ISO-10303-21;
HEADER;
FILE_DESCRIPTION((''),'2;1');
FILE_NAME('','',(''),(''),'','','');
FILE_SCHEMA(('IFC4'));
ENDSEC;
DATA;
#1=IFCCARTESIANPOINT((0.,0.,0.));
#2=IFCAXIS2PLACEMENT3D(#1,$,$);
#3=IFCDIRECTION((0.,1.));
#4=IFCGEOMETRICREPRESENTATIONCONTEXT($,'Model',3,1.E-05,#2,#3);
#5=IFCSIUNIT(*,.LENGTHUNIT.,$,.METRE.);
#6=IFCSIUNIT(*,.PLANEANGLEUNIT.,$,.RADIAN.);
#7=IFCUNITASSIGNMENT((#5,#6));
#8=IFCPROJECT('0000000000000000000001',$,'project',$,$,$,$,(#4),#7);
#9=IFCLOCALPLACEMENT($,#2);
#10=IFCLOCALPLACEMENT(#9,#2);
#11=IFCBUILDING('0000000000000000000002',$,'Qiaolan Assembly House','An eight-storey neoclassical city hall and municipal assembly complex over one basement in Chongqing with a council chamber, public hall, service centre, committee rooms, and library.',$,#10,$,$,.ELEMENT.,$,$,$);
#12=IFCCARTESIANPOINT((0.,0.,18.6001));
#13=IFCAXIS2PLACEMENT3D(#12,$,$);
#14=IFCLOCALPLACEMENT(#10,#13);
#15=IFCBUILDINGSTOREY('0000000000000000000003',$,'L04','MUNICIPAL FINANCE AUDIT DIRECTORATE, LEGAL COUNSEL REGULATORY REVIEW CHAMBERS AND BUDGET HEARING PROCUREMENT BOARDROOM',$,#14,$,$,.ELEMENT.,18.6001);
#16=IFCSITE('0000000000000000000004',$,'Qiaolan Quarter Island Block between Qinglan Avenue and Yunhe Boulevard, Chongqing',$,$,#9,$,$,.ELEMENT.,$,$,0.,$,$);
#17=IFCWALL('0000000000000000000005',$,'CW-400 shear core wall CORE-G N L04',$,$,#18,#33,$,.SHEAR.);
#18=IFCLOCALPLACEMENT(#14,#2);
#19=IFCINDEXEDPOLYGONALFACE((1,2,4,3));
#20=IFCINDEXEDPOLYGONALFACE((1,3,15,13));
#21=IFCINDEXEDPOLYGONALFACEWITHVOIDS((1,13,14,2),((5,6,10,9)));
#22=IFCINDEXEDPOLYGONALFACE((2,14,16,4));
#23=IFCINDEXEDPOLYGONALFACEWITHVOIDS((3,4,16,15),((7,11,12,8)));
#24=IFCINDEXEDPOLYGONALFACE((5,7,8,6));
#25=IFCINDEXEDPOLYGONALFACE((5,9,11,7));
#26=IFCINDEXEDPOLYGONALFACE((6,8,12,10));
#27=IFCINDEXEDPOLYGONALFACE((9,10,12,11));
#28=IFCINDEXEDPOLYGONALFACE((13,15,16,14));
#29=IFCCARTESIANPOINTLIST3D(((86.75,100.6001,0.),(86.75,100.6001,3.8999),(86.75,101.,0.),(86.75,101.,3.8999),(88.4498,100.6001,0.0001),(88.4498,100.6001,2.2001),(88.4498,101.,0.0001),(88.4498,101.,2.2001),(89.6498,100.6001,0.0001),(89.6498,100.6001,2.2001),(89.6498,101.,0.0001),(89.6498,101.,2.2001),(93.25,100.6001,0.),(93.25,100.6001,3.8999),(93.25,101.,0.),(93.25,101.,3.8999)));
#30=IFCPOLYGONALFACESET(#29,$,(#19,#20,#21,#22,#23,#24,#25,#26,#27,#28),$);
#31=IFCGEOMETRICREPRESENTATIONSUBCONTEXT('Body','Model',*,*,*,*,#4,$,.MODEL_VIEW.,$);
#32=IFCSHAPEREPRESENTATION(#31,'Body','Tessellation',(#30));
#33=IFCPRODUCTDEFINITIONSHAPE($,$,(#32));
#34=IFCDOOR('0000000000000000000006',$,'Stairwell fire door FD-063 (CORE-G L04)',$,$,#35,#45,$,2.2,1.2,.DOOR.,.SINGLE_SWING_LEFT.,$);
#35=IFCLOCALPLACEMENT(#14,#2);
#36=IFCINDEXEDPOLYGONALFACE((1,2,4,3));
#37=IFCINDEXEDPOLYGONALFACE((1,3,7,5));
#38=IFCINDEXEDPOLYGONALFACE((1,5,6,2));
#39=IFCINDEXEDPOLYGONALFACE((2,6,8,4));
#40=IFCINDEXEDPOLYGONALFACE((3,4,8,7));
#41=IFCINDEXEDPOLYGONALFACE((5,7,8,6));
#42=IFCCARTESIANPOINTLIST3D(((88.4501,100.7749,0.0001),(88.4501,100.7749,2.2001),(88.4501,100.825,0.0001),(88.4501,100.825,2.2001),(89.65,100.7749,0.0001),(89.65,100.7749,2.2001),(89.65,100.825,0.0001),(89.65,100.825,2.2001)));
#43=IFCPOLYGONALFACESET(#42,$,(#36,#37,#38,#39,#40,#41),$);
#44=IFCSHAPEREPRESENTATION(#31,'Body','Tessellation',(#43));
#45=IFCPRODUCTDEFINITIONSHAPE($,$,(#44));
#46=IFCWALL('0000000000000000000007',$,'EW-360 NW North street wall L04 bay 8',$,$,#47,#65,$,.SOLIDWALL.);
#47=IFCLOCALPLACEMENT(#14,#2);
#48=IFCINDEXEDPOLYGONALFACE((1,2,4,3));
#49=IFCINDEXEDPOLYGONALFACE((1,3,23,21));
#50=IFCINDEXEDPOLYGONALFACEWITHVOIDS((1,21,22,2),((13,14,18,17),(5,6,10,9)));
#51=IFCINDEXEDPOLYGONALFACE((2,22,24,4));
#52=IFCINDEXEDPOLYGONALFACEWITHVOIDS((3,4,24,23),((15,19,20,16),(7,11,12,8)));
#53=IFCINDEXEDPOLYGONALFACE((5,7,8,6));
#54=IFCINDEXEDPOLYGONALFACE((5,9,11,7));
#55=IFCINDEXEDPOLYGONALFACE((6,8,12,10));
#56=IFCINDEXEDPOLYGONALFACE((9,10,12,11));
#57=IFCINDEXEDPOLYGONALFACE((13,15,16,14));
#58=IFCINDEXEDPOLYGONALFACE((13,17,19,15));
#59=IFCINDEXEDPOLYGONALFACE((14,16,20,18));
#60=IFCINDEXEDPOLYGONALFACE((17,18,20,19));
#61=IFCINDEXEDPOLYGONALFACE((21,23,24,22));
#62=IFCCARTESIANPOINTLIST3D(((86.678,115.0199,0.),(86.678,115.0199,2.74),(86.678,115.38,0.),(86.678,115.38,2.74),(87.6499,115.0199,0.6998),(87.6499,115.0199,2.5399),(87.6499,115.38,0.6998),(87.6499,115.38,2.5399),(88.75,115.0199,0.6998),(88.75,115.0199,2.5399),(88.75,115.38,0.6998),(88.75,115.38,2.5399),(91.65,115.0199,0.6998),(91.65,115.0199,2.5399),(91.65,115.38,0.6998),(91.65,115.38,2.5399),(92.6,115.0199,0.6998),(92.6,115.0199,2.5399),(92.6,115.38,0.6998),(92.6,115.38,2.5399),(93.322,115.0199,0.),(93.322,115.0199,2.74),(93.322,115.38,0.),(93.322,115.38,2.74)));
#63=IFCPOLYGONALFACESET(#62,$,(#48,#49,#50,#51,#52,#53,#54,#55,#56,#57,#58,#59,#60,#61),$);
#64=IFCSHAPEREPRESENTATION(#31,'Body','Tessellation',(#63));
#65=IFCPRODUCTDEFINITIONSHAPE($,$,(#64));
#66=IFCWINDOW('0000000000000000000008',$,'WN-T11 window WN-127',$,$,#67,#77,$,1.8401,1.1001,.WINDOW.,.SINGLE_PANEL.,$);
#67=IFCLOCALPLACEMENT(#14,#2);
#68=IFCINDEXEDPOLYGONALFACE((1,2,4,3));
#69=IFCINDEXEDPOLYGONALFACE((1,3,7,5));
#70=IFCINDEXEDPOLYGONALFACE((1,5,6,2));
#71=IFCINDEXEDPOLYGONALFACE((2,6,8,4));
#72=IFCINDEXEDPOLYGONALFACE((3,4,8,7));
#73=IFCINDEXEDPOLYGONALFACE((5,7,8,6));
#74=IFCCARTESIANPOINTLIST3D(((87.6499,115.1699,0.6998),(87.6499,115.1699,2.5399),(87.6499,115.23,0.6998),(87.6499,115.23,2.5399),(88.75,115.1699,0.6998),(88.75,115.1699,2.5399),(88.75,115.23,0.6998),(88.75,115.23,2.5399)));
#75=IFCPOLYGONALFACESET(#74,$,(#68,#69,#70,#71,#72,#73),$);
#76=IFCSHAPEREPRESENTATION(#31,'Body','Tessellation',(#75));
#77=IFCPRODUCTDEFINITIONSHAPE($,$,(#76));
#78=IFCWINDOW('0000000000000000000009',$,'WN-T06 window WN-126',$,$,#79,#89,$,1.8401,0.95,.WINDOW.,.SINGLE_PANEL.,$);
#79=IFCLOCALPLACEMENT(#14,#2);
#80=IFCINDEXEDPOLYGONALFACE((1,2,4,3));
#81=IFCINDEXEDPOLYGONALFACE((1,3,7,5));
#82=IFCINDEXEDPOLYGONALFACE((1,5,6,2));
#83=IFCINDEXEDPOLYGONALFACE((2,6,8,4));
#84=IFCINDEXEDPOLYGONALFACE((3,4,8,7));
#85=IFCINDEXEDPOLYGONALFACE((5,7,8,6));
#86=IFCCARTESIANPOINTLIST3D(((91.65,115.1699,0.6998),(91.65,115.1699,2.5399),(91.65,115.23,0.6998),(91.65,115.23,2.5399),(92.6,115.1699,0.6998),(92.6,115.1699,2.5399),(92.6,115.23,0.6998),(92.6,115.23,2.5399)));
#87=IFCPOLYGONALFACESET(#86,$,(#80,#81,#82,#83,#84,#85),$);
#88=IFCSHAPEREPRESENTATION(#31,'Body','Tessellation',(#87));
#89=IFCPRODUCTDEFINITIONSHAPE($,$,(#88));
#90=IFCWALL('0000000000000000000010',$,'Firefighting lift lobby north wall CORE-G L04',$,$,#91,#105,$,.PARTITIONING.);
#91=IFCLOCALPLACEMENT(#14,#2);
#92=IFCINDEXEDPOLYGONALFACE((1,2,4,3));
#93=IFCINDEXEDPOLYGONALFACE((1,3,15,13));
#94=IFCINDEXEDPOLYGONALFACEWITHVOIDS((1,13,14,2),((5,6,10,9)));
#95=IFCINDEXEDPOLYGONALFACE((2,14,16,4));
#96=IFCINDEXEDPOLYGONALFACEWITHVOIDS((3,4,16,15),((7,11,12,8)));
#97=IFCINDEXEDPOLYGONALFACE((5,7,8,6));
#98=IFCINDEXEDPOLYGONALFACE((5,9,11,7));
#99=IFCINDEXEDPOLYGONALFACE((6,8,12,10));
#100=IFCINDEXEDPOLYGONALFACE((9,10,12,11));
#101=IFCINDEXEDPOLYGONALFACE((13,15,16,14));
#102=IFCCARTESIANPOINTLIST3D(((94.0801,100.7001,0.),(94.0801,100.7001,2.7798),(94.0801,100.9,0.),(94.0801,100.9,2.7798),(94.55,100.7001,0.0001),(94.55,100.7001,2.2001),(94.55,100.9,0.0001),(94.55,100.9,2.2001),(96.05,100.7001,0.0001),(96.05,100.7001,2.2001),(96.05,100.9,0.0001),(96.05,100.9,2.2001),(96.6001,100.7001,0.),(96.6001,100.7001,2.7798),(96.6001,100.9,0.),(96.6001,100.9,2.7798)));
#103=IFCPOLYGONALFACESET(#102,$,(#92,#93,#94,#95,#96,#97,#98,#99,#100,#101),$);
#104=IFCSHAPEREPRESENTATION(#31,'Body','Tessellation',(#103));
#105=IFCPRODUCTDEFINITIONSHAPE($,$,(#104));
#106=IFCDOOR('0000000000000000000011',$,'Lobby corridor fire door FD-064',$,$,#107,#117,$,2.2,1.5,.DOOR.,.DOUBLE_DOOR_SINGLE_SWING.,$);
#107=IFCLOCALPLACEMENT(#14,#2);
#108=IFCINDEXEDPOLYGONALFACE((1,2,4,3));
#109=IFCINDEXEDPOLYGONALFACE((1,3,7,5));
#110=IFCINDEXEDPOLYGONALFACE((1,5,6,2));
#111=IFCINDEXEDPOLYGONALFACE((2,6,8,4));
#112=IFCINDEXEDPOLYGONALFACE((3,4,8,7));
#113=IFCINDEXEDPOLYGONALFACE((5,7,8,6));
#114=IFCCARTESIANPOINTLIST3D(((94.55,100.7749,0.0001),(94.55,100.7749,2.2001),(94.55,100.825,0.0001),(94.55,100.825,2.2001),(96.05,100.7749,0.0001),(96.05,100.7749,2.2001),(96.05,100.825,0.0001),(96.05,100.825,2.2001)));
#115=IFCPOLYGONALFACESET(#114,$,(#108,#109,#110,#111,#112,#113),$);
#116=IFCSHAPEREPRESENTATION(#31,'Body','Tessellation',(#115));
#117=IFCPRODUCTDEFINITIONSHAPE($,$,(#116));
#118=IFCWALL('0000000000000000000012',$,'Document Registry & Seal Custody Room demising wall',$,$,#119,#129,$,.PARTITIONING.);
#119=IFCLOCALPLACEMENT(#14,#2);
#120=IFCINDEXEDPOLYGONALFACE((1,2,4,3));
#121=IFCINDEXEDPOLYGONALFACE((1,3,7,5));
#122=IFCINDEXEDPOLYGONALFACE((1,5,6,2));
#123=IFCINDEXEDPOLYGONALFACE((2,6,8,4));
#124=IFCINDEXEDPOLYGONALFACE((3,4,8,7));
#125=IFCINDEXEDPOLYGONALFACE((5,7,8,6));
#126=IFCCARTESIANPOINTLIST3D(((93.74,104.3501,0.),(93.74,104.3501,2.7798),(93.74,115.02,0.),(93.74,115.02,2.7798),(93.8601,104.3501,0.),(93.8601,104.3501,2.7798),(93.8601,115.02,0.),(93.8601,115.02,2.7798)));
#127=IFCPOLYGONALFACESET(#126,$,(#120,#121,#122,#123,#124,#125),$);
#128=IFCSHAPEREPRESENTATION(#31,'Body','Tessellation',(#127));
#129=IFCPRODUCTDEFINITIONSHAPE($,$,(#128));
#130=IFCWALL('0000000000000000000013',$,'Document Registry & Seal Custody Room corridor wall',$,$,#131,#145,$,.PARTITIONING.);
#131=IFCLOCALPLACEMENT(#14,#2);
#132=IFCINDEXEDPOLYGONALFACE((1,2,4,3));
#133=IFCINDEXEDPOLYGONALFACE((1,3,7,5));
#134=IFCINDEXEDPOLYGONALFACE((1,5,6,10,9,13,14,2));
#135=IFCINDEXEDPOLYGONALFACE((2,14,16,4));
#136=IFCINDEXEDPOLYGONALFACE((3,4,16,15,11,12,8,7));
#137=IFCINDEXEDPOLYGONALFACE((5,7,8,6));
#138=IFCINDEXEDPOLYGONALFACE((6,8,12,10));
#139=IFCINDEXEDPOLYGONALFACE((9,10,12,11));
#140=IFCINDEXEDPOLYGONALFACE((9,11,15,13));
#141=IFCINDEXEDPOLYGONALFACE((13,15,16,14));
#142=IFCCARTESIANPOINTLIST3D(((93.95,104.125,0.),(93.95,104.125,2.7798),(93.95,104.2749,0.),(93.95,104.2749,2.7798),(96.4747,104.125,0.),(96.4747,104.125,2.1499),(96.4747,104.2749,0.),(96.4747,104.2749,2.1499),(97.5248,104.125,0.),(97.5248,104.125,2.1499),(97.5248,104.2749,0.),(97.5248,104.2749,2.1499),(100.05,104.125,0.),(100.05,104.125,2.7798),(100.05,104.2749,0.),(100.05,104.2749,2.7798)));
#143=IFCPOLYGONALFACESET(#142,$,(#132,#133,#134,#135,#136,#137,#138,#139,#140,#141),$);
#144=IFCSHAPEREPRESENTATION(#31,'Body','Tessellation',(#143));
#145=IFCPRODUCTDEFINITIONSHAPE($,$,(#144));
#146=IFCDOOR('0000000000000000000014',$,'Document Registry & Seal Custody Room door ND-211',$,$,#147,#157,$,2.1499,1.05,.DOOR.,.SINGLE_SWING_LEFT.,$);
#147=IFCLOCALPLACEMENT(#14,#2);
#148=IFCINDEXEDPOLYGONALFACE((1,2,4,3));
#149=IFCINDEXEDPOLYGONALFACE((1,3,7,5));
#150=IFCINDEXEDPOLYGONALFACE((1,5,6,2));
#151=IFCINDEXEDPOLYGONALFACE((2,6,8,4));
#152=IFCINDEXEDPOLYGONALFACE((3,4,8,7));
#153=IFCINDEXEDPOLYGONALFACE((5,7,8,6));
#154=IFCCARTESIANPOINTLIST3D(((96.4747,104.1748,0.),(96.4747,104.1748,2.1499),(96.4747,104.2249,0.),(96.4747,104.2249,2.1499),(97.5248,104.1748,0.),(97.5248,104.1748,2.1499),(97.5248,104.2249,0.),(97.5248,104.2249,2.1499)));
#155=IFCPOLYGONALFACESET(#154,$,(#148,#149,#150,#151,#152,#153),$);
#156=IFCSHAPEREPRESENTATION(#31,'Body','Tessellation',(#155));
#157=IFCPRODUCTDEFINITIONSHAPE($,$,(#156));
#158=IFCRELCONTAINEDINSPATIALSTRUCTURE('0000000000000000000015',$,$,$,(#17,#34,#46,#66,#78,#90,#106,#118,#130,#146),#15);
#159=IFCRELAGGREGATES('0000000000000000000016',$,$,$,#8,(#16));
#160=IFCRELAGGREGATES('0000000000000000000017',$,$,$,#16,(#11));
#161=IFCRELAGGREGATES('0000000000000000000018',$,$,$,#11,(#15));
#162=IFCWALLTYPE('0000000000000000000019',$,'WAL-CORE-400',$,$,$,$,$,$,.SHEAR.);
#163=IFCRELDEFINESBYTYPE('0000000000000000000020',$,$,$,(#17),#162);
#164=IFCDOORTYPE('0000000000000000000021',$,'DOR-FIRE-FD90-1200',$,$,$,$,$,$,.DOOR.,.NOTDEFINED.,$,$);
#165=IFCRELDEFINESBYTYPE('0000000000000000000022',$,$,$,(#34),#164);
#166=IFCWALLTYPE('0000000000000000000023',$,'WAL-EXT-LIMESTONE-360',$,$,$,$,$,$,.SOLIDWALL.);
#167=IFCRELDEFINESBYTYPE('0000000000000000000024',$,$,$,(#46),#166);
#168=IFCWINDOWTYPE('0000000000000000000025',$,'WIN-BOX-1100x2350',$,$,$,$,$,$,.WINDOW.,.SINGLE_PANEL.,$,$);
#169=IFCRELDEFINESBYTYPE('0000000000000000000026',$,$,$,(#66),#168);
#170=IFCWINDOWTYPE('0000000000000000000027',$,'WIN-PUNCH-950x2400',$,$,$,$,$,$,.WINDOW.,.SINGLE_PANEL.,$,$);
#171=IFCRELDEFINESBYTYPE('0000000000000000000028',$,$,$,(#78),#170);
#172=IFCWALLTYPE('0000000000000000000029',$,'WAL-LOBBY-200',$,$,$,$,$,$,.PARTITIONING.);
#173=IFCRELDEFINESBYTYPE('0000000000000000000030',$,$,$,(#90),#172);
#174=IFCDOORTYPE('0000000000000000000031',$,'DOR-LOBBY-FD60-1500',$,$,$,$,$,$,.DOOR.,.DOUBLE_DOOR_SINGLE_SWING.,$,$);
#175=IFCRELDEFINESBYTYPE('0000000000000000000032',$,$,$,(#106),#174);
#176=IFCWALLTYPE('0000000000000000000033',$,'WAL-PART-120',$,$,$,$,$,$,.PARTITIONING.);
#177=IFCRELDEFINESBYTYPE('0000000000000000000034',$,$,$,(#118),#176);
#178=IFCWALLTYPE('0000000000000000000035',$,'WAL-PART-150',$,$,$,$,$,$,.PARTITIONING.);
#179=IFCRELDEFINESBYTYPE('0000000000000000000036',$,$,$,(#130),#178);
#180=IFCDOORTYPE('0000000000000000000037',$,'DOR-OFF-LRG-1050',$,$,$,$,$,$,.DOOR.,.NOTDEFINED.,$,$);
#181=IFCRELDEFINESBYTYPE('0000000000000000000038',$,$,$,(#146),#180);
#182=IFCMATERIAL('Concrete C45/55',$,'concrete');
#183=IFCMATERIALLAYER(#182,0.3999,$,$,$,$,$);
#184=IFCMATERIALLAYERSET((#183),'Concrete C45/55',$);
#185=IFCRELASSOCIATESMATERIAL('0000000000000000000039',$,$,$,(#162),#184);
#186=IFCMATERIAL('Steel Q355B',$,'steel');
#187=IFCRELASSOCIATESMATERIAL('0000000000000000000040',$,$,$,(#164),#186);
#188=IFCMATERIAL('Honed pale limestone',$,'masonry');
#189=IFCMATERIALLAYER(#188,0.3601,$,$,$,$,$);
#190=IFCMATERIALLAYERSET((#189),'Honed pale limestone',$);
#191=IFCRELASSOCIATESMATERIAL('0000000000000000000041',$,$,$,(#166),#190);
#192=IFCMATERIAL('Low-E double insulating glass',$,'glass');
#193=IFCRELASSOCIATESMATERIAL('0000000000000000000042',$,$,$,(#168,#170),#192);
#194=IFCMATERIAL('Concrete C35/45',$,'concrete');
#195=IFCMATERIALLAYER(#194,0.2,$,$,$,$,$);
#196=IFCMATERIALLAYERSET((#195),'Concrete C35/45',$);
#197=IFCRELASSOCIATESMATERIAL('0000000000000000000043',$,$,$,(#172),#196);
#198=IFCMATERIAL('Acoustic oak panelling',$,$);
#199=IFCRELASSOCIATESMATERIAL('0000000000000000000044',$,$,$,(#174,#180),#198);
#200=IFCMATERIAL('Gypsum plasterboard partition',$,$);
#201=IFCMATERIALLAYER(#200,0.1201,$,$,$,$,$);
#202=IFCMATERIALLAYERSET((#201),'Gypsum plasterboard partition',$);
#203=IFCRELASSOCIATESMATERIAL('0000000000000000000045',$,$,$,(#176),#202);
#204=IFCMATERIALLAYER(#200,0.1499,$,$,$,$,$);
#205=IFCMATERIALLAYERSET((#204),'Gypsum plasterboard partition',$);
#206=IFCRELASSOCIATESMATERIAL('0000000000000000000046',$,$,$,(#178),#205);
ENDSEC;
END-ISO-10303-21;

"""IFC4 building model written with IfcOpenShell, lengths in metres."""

from ifc_helpers import new_model, si_unit, direction, frame, frame_2d, origin, place, context, subcontext, project, spatial, rectangle, extrude, material, layer, layer_set, type_object, element, fill, save


model = new_model("IFC4")

# Units and contexts
model_context = context("Model", 3, precision=1e-05, world=origin(), true_north=direction((0.0, 1.0)))
body_context = subcontext(model_context, "Body", "Model", "MODEL_VIEW")
ifc_project = project(units=[si_unit("LENGTHUNIT", "METRE"), si_unit("PLANEANGLEUNIT", "RADIAN")], contexts=[model_context])

# Site, building, storey
site_placement = place(None, origin())
site = spatial("IfcSite", under=ifc_project, at=site_placement, Name="Qiaolan Quarter Island Block between Qinglan Avenue and Yunhe Boulevard, Chongqing", CompositionType="ELEMENT", RefElevation=0.0)
building_placement = place(site_placement, origin())
building = spatial("IfcBuilding", under=site, at=building_placement, Name="Qiaolan Assembly House", Description="An eight-storey neoclassical city hall and municipal assembly complex over one basement in Chongqing with a council chamber, public hall, service centre, committee rooms, and library.", CompositionType="ELEMENT")
storey_placement = place(building_placement, frame((0.0, 0.0, 18.6001)))
storey = spatial("IfcBuildingStorey", under=building, at=storey_placement, Name="L04", Description="MUNICIPAL FINANCE AUDIT DIRECTORATE, LEGAL COUNSEL REGULATORY REVIEW CHAMBERS AND BUDGET HEARING PROCUREMENT BOARDROOM", CompositionType="ELEMENT", Elevation=18.6001)

# Shared definitions
ifc_material_1 = material(Name="Concrete C45/55", Category="concrete")

# Shared definitions
ifc_material_2 = material(Name="Honed pale limestone", Category="masonry")

# Wall, opening, door
ifc_layer_1 = layer(ifc_material_1, 0.3999)
ifc_layer_set_1 = layer_set([ifc_layer_1], Name="Concrete C45/55")
wall_type_1 = type_object("IfcWallType", Name="WAL-CORE-400", PredefinedType="SHEAR", material=ifc_layer_set_1)
wall_1_placement = place(storey_placement, frame((93.25, 100.8, 0.0), z_axis=(0.0, 0.0, 1.0), x_axis=(-1.0, 0.0, 0.0)))
wall_1 = element("IfcWall", 1, at=wall_1_placement, inside=storey, type_object=wall_type_1, Name="CW-400 shear core wall CORE-G N L04", PredefinedType="SHEAR", context=body_context, shape_type="SweptSolid", body=[
    extrude(rectangle(XDim=6.5, YDim=0.3999, at=frame_2d((3.25, 0.0))), origin(), (0.0, 0.0, 1.0), 3.8999),
])
opening_1_placement = place(wall_1_placement, frame((3.6001, 0.0, 0.0)))
opening_1 = element("IfcOpeningElement", 2, at=opening_1_placement, cuts=wall_1, PredefinedType="OPENING", context=body_context, shape_type="SweptSolid", body=[
    extrude(rectangle(XDim=1.2, YDim=2.2, at=frame_2d((0.6001, 1.1001))), frame((0.0, 0.21, 0.0), z_axis=(0.0, -1.0, 0.0), x_axis=(1.0, 0.0, 0.0)), (0.0, 0.0, 1.0), 0.4199),
])
ifc_material_3 = material(Name="Steel Q355B", Category="steel")
door_type_1 = type_object("IfcDoorType", Name="DOR-FIRE-FD90-1200", OperationType="NOTDEFINED", PredefinedType="DOOR", material=ifc_material_3)
door_1_placement = place(opening_1_placement, frame((1.2, 0.0, 0.0), z_axis=(0.0, 0.0, 1.0), x_axis=(-1.0, 0.0, 0.0)))
door_1 = element("IfcDoor", 3, at=door_1_placement, inside=storey, type_object=door_type_1, Name="Stairwell fire door FD-063 (CORE-G L04)", OperationType="SINGLE_SWING_LEFT", OverallHeight=2.2, OverallWidth=1.2, PredefinedType="DOOR", context=body_context, shape_type="SweptSolid", body=[
    extrude(rectangle(XDim=1.2, YDim=2.2, at=frame_2d((0.6001, 1.1001))), frame((0.0, 0.0249, 0.0), z_axis=(0.0, -1.0, 0.0), x_axis=(1.0, 0.0, 0.0)), (0.0, 0.0, 1.0), 0.05),
])
fill(opening_1, door_1)

# Wall, openings, windows
ifc_layer_2 = layer(ifc_material_2, 0.3601)
ifc_layer_set_2 = layer_set([ifc_layer_2], Name="Honed pale limestone")
wall_type_2 = type_object("IfcWallType", Name="WAL-EXT-LIMESTONE-360", PredefinedType="SOLIDWALL", material=ifc_layer_set_2)
wall_2_placement = place(storey_placement, frame((93.322, 115.2, 0.0), z_axis=(0.0, 0.0, 1.0), x_axis=(-1.0, 0.0, 0.0)))
wall_2 = element("IfcWall", 4, at=wall_2_placement, inside=storey, type_object=wall_type_2, Name="EW-360 NW North street wall L04 bay 8", PredefinedType="SOLIDWALL", context=body_context, shape_type="SweptSolid", body=[
    extrude(rectangle(XDim=6.644, YDim=0.3601, at=frame_2d((3.322, 0.0))), origin(), (0.0, 0.0, 1.0), 2.74),
])
opening_2_placement = place(wall_2_placement, frame((0.7219, 0.0, 0.7)))
opening_2 = element("IfcOpeningElement", 5, at=opening_2_placement, cuts=wall_2, PredefinedType="OPENING", context=body_context, shape_type="SweptSolid", body=[
    extrude(rectangle(XDim=0.95, YDim=1.8401, at=frame_2d((0.4751, 0.9199))), frame((0.0, 0.1899, 0.0), z_axis=(0.0, -1.0, 0.0), x_axis=(1.0, 0.0, 0.0)), (0.0, 0.0, 1.0), 0.3801),
])
opening_3_placement = place(wall_2_placement, frame((4.572, 0.0, 0.7)))
opening_3 = element("IfcOpeningElement", 6, at=opening_3_placement, cuts=wall_2, PredefinedType="OPENING", context=body_context, shape_type="SweptSolid", body=[
    extrude(rectangle(XDim=1.1001, YDim=1.8401, at=frame_2d((0.55, 0.9199))), frame((0.0, 0.1899, 0.0), z_axis=(0.0, -1.0, 0.0), x_axis=(1.0, 0.0, 0.0)), (0.0, 0.0, 1.0), 0.3801),
])
ifc_material_4 = material(Name="Low-E double insulating glass", Category="glass")
window_type_1 = type_object("IfcWindowType", Name="WIN-BOX-1100x2350", PartitioningType="SINGLE_PANEL", PredefinedType="WINDOW", material=ifc_material_4)
window_1_placement = place(opening_3_placement, origin())
window_1 = element("IfcWindow", 7, at=window_1_placement, inside=storey, type_object=window_type_1, Name="WN-T11 window WN-127", OverallHeight=1.8401, OverallWidth=1.1001, PartitioningType="SINGLE_PANEL", PredefinedType="WINDOW", context=body_context, shape_type="SweptSolid", body=[
    extrude(rectangle(XDim=1.1001, YDim=1.8401, at=frame_2d((0.55, 0.9199))), frame((0.0, 0.03, 0.0), z_axis=(0.0, -1.0, 0.0), x_axis=(1.0, 0.0, 0.0)), (0.0, 0.0, 1.0), 0.0601),
])
fill(opening_3, window_1)
window_type_2 = type_object("IfcWindowType", Name="WIN-PUNCH-950x2400", PartitioningType="SINGLE_PANEL", PredefinedType="WINDOW", material=ifc_material_4)
window_2_placement = place(opening_2_placement, origin())
window_2 = element("IfcWindow", 8, at=window_2_placement, inside=storey, type_object=window_type_2, Name="WN-T06 window WN-126", OverallHeight=1.8401, OverallWidth=0.95, PartitioningType="SINGLE_PANEL", PredefinedType="WINDOW", context=body_context, shape_type="SweptSolid", body=[
    extrude(rectangle(XDim=0.95, YDim=1.8401, at=frame_2d((0.4751, 0.9199))), frame((0.0, 0.03, 0.0), z_axis=(0.0, -1.0, 0.0), x_axis=(1.0, 0.0, 0.0)), (0.0, 0.0, 1.0), 0.0601),
])
fill(opening_2, window_2)

# Wall, opening, door
ifc_material_5 = material(Name="Concrete C35/45", Category="concrete")
ifc_layer_3 = layer(ifc_material_5, 0.2)
ifc_layer_set_3 = layer_set([ifc_layer_3], Name="Concrete C35/45")
wall_type_3 = type_object("IfcWallType", Name="WAL-LOBBY-200", PredefinedType="PARTITIONING", material=ifc_layer_set_3)
wall_3_placement = place(storey_placement, frame((96.6001, 100.8, 0.0), z_axis=(0.0, 0.0, 1.0), x_axis=(-1.0, 0.0, 0.0)))
wall_3 = element("IfcWall", 9, at=wall_3_placement, inside=storey, type_object=wall_type_3, Name="Firefighting lift lobby north wall CORE-G L04", PredefinedType="PARTITIONING", context=body_context, shape_type="SweptSolid", body=[
    extrude(rectangle(XDim=2.52, YDim=0.2, at=frame_2d((1.26, 0.0))), origin(), (0.0, 0.0, 1.0), 2.7798),
])
opening_4_placement = place(wall_3_placement, frame((0.55, 0.0, 0.0)))
opening_4 = element("IfcOpeningElement", 10, at=opening_4_placement, cuts=wall_3, PredefinedType="OPENING", context=body_context, shape_type="SweptSolid", body=[
    extrude(rectangle(XDim=1.5, YDim=2.2, at=frame_2d((0.75, 1.1001))), frame((0.0, 0.1099, 0.0), z_axis=(0.0, -1.0, 0.0), x_axis=(1.0, 0.0, 0.0)), (0.0, 0.0, 1.0), 0.22),
])
ifc_material_6 = material(Name="Acoustic oak panelling")
door_type_2 = type_object("IfcDoorType", Name="DOR-LOBBY-FD60-1500", OperationType="DOUBLE_DOOR_SINGLE_SWING", PredefinedType="DOOR", material=ifc_material_6)
door_2_placement = place(opening_4_placement, frame((1.5, 0.0, 0.0), z_axis=(0.0, 0.0, 1.0), x_axis=(-1.0, 0.0, 0.0)))
door_2 = element("IfcDoor", 11, at=door_2_placement, inside=storey, type_object=door_type_2, Name="Lobby corridor fire door FD-064", OperationType="DOUBLE_DOOR_SINGLE_SWING", OverallHeight=2.2, OverallWidth=1.5, PredefinedType="DOOR", context=body_context, shape_type="SweptSolid", body=[
    extrude(rectangle(XDim=1.5, YDim=2.2, at=frame_2d((0.75, 1.1001))), frame((0.0, 0.0249, 0.0), z_axis=(0.0, -1.0, 0.0), x_axis=(1.0, 0.0, 0.0)), (0.0, 0.0, 1.0), 0.05),
])
fill(opening_4, door_2)

# Wall
ifc_material_7 = material(Name="Gypsum plasterboard partition")
ifc_layer_4 = layer(ifc_material_7, 0.1201)
ifc_layer_set_4 = layer_set([ifc_layer_4], Name="Gypsum plasterboard partition")
wall_type_4 = type_object("IfcWallType", Name="WAL-PART-120", PredefinedType="PARTITIONING", material=ifc_layer_set_4)
wall_4_placement = place(storey_placement, frame((93.8, 104.3501, 0.0), z_axis=(0.0, 0.0, 1.0), x_axis=(0.0, 1.0, 0.0)))
element("IfcWall", 12, at=wall_4_placement, inside=storey, type_object=wall_type_4, Name="Document Registry & Seal Custody Room demising wall", PredefinedType="PARTITIONING", context=body_context, shape_type="SweptSolid", body=[
    extrude(rectangle(XDim=10.6699, YDim=0.1201, at=frame_2d((5.335, 0.0))), origin(), (0.0, 0.0, 1.0), 2.7798),
])

# Wall, opening, door
ifc_layer_5 = layer(ifc_material_7, 0.1499)
ifc_layer_set_5 = layer_set([ifc_layer_5], Name="Gypsum plasterboard partition")
wall_type_5 = type_object("IfcWallType", Name="WAL-PART-150", PredefinedType="PARTITIONING", material=ifc_layer_set_5)
wall_5_placement = place(storey_placement, frame((93.95, 104.2, 0.0), z_axis=(0.0, 0.0, 1.0), x_axis=(1.0, 0.0, 0.0)))
wall_5 = element("IfcWall", 13, at=wall_5_placement, inside=storey, type_object=wall_type_5, Name="Document Registry & Seal Custody Room corridor wall", PredefinedType="PARTITIONING", context=body_context, shape_type="SweptSolid", body=[
    extrude(rectangle(XDim=6.1001, YDim=0.1499, at=frame_2d((3.05, 0.0))), origin(), (0.0, 0.0, 1.0), 2.7798),
])
opening_5_placement = place(wall_5_placement, frame((2.5249, 0.0, 0.0)))
opening_5 = element("IfcOpeningElement", 14, at=opening_5_placement, cuts=wall_5, PredefinedType="OPENING", context=body_context, shape_type="SweptSolid", body=[
    extrude(rectangle(XDim=1.05, YDim=2.1499, at=frame_2d((0.5249, 1.075))), frame((0.0, 0.085, 0.0), z_axis=(0.0, -1.0, 0.0), x_axis=(1.0, 0.0, 0.0)), (0.0, 0.0, 1.0), 0.1699),
])
door_type_3 = type_object("IfcDoorType", Name="DOR-OFF-LRG-1050", OperationType="NOTDEFINED", PredefinedType="DOOR", material=ifc_material_6)
door_3_placement = place(opening_5_placement, origin())
door_3 = element("IfcDoor", 15, at=door_3_placement, inside=storey, type_object=door_type_3, Name="Document Registry & Seal Custody Room door ND-211", OperationType="SINGLE_SWING_LEFT", OverallHeight=2.1499, OverallWidth=1.05, PredefinedType="DOOR", context=body_context, shape_type="SweptSolid", body=[
    extrude(rectangle(XDim=1.05, YDim=2.1499, at=frame_2d((0.5249, 1.075))), frame((0.0, 0.0249, 0.0), z_axis=(0.0, -1.0, 0.0), x_axis=(1.0, 0.0, 0.0)), (0.0, 0.0, 1.0), 0.05),
])
fill(opening_5, door_3)

save(model, "model.ifc")
